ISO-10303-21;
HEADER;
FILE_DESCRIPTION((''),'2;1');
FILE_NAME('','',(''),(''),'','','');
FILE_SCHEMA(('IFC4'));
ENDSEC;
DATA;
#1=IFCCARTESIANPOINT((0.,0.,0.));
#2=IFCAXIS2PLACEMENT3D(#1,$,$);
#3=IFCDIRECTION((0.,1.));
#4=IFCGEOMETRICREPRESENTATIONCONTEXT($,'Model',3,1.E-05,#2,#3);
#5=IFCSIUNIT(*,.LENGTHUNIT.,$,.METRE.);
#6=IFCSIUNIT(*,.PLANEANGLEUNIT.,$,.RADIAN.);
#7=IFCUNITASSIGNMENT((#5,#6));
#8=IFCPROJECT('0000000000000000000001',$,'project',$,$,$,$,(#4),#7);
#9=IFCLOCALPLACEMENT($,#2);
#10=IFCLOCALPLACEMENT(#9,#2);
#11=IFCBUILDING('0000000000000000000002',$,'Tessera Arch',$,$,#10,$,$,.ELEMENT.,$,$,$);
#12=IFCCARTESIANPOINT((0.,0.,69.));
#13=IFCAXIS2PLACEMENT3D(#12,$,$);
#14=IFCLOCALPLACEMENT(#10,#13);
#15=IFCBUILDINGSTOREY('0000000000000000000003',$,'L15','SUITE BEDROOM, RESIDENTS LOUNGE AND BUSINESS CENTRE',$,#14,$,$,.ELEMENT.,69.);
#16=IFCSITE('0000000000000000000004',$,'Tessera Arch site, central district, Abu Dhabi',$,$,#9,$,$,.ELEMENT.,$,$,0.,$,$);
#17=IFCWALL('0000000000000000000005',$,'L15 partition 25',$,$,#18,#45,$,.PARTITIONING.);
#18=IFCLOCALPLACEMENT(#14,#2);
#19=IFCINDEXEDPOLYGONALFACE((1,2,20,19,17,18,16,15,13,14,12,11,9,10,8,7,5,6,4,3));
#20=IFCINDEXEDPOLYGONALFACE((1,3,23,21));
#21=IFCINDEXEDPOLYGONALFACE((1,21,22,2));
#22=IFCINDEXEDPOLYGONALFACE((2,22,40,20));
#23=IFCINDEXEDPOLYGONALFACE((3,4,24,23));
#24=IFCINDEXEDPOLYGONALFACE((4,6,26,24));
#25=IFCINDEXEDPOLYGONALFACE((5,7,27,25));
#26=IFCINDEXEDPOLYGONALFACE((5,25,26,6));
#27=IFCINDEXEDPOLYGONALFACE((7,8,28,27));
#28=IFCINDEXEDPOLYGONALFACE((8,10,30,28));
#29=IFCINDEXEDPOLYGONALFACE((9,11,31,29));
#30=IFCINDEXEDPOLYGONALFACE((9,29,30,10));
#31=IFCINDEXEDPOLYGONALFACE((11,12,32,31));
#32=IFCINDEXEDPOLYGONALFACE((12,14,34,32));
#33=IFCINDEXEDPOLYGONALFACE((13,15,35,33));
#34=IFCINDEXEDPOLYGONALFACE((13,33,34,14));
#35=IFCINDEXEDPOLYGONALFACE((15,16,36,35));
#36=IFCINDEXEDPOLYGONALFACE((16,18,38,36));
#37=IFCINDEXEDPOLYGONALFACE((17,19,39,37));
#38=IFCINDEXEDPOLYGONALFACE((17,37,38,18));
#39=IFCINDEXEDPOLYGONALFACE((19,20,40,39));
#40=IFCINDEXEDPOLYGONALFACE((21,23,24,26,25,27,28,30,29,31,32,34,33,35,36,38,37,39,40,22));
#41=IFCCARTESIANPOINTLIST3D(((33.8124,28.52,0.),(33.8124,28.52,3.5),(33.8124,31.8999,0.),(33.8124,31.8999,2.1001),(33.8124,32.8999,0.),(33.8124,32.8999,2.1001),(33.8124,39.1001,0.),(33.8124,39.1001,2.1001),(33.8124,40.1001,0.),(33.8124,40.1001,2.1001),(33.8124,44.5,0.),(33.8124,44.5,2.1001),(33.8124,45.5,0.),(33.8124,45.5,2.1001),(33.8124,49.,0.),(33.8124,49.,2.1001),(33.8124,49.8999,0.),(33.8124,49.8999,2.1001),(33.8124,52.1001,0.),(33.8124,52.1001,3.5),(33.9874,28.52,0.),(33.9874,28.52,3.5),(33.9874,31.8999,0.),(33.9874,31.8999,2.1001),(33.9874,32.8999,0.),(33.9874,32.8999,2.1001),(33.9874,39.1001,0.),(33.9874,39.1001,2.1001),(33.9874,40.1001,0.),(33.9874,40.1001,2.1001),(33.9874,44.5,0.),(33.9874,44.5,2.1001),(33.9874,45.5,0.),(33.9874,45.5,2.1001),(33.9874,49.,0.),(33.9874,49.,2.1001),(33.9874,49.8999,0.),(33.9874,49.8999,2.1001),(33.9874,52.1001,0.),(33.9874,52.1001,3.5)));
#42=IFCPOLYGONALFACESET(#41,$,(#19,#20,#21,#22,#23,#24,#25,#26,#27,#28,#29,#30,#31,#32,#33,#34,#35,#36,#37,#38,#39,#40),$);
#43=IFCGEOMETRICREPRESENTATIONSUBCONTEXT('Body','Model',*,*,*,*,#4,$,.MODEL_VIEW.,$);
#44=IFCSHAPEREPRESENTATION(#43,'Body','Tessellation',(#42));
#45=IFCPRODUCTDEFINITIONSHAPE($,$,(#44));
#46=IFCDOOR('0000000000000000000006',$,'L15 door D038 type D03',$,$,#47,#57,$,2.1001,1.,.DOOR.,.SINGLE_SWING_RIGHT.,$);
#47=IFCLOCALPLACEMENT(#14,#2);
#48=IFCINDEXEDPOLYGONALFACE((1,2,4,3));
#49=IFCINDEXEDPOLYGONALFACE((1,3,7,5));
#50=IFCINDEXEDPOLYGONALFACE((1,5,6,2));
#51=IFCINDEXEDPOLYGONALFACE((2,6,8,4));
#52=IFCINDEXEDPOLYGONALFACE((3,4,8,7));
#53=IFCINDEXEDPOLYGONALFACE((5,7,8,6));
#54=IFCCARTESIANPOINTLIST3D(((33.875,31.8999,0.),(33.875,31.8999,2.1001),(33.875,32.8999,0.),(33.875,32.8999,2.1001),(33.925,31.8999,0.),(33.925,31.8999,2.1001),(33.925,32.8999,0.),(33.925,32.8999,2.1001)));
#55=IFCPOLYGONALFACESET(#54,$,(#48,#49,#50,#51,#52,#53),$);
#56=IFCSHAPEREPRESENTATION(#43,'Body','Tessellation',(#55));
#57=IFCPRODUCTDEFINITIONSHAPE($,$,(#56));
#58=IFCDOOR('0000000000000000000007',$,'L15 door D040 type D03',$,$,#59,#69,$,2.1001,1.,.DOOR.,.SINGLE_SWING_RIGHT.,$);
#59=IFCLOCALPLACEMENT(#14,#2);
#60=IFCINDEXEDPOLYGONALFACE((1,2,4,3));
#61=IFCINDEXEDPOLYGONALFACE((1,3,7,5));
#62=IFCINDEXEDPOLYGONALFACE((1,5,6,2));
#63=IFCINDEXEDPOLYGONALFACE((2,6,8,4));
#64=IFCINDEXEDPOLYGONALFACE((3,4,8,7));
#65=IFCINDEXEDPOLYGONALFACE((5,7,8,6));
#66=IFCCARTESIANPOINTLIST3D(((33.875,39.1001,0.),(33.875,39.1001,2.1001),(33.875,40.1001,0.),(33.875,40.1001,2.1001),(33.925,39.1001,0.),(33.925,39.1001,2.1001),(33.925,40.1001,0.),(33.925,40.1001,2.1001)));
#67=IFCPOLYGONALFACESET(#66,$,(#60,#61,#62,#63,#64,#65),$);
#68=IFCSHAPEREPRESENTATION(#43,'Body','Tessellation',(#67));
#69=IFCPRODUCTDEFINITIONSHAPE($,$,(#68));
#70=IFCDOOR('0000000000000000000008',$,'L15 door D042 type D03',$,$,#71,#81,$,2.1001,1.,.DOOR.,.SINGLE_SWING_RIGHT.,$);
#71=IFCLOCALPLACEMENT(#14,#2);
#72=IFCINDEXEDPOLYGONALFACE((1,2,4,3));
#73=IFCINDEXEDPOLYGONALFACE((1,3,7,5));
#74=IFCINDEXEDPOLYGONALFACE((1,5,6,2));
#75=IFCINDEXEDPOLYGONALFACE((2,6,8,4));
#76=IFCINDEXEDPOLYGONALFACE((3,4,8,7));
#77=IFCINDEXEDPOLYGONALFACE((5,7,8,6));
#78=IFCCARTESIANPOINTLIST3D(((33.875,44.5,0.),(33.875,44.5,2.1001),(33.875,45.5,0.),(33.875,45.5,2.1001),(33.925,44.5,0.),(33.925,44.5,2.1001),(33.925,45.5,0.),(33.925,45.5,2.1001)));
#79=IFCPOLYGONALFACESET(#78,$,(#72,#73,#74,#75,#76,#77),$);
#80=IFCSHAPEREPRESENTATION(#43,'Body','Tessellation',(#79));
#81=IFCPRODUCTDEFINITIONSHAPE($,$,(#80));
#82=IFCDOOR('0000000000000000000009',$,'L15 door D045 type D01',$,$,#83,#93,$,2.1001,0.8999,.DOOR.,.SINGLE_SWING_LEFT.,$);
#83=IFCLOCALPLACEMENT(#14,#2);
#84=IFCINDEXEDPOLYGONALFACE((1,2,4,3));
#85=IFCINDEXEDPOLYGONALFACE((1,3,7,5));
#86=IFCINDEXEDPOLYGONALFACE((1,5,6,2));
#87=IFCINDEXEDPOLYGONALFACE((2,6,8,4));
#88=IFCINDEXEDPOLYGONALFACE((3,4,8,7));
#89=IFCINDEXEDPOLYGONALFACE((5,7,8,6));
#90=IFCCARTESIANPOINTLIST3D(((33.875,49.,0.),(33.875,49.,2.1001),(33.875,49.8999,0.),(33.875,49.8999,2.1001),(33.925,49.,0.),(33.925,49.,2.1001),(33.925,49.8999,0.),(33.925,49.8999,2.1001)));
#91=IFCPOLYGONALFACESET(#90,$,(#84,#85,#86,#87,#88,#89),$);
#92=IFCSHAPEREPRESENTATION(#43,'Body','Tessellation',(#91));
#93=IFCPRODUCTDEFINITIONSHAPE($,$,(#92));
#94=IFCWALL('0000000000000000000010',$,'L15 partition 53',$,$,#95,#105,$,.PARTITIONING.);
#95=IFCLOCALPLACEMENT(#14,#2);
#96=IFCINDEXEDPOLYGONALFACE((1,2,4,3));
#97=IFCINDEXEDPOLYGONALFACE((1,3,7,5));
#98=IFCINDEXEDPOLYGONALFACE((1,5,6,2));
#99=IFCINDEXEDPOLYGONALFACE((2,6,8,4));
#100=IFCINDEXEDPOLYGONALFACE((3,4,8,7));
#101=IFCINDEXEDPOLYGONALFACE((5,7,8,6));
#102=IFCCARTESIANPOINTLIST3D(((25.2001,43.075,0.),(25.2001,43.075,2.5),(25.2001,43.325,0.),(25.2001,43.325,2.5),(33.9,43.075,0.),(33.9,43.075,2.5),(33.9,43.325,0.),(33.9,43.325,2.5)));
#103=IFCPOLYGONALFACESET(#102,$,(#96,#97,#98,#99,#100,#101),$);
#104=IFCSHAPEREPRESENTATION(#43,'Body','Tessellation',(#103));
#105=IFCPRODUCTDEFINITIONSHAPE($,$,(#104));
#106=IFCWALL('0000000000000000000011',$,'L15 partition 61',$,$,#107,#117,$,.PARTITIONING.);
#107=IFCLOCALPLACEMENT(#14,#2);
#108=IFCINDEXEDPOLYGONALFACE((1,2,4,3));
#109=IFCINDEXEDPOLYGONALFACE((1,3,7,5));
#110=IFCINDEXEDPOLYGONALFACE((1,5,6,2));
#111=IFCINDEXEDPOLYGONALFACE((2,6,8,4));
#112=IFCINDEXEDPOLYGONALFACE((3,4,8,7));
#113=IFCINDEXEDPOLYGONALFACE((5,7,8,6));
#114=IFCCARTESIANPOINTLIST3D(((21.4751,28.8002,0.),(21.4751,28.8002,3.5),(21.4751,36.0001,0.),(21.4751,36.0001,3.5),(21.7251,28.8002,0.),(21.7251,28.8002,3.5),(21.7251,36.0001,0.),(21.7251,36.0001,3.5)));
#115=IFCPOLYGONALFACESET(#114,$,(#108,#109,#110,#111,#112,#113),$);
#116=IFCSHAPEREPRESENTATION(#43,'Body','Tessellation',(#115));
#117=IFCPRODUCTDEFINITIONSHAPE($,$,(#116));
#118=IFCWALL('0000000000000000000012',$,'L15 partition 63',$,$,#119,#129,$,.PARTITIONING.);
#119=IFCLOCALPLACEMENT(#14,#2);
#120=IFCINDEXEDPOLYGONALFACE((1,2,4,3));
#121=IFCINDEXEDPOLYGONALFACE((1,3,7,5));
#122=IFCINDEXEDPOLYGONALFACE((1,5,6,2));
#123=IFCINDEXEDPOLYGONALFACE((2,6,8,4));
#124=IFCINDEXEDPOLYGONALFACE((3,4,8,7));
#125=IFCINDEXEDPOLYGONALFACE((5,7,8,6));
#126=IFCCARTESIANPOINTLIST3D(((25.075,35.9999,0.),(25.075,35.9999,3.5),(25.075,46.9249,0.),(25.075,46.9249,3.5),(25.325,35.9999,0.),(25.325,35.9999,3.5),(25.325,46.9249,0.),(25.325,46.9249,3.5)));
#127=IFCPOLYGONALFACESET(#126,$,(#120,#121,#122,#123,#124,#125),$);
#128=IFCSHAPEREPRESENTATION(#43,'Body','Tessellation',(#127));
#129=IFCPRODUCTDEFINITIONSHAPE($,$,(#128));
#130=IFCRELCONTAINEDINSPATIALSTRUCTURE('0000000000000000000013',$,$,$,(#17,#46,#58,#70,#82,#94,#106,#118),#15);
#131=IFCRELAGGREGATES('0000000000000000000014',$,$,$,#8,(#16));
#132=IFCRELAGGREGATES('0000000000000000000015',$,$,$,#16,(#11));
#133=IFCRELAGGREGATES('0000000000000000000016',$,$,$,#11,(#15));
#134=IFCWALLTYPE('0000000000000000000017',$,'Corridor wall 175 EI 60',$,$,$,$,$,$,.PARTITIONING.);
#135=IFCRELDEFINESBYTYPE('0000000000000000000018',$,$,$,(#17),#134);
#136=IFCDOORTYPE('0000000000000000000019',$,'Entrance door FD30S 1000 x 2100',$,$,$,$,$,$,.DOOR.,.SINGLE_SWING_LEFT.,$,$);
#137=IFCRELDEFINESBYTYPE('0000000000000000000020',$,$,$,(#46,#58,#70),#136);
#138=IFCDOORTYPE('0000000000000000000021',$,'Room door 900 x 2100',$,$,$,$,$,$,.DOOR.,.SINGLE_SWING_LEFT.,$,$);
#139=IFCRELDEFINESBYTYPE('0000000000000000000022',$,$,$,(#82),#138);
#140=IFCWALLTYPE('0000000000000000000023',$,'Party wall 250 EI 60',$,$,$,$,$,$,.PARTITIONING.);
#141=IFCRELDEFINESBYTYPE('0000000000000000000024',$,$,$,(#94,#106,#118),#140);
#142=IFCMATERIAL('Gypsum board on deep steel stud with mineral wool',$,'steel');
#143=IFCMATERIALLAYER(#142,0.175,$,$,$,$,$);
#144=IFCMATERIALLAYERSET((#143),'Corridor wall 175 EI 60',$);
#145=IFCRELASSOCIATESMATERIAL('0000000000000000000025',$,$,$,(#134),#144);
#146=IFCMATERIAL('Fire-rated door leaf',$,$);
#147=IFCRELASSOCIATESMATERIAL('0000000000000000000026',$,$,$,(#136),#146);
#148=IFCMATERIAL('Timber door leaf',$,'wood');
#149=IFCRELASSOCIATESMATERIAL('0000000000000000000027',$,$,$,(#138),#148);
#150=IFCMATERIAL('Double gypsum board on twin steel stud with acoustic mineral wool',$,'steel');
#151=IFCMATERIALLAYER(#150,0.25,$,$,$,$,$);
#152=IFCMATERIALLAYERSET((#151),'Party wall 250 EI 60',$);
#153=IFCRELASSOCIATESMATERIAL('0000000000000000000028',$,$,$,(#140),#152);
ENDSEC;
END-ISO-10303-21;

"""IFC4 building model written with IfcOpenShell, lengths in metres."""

from ifc_helpers import new_model, si_unit, direction, frame, frame_2d, origin, place, context, subcontext, project, spatial, rectangle, extrude, material, layer, layer_set, type_object, element, fill, save


model = new_model("IFC4")

# Units and contexts
model_context = context("Model", 3, precision=1e-05, world=origin(), true_north=direction((0.0, 1.0)))
body_context = subcontext(model_context, "Body", "Model", "MODEL_VIEW")
ifc_project = project(units=[si_unit("LENGTHUNIT", "METRE"), si_unit("PLANEANGLEUNIT", "RADIAN")], contexts=[model_context])

# Site, building, storey
site_placement = place(None, origin())
site = spatial("IfcSite", under=ifc_project, at=site_placement, Name="Tessera Arch site, central district, Abu Dhabi", CompositionType="ELEMENT", RefElevation=0.0)
building_placement = place(site_placement, origin())
building = spatial("IfcBuilding", under=site, at=building_placement, Name="Tessera Arch", CompositionType="ELEMENT")
storey_placement = place(building_placement, frame((0.0, 0.0, 69.0)))
storey = spatial("IfcBuildingStorey", under=building, at=storey_placement, Name="L15", Description="SUITE BEDROOM, RESIDENTS LOUNGE AND BUSINESS CENTRE", CompositionType="ELEMENT", Elevation=69.0)

# Shared definitions
ifc_material_1 = material(Name="Gypsum board on deep steel stud with mineral wool", Category="steel")
ifc_layer_1 = layer(ifc_material_1, 0.175)
ifc_layer_set_1 = layer_set([ifc_layer_1], Name="Corridor wall 175 EI 60")
wall_type_1 = type_object("IfcWallType", Name="Corridor wall 175 EI 60", PredefinedType="PARTITIONING", material=ifc_layer_set_1)

# Wall, openings, doors
wall_1_placement = place(storey_placement, frame((33.8999, 28.52, 0.0), z_axis=(0.0, 0.0, 1.0), x_axis=(0.0, 1.0, 0.0)))
wall_1 = element("IfcWall", 1, at=wall_1_placement, inside=storey, type_object=wall_type_1, Name="L15 partition 25", PredefinedType="PARTITIONING", context=body_context, shape_type="SweptSolid", body=[
    extrude(rectangle(XDim=23.5801, YDim=0.175, at=frame_2d((11.79, 0.0))), origin(), (0.0, 0.0, 1.0), 3.5),
])
opening_1_placement = place(wall_1_placement, frame((3.3799, 0.0, 0.0)))
opening_1 = element("IfcOpeningElement", 2, at=opening_1_placement, cuts=wall_1, PredefinedType="OPENING", context=body_context, shape_type="SweptSolid", body=[
    extrude(rectangle(XDim=1.0, YDim=2.1001, at=frame_2d((0.5, 1.05))), frame((0.0, 0.0974, 0.0), z_axis=(0.0, -1.0, 0.0), x_axis=(1.0, 0.0, 0.0)), (0.0, 0.0, 1.0), 0.1951),
])
opening_2_placement = place(wall_1_placement, frame((10.5801, 0.0, 0.0)))
opening_2 = element("IfcOpeningElement", 3, at=opening_2_placement, cuts=wall_1, PredefinedType="OPENING", context=body_context, shape_type="SweptSolid", body=[
    extrude(rectangle(XDim=1.0, YDim=2.1001, at=frame_2d((0.5, 1.05))), frame((0.0, 0.0974, 0.0), z_axis=(0.0, -1.0, 0.0), x_axis=(1.0, 0.0, 0.0)), (0.0, 0.0, 1.0), 0.1951),
])
opening_3_placement = place(wall_1_placement, frame((15.98, 0.0, 0.0)))
opening_3 = element("IfcOpeningElement", 4, at=opening_3_placement, cuts=wall_1, PredefinedType="OPENING", context=body_context, shape_type="SweptSolid", body=[
    extrude(rectangle(XDim=1.0, YDim=2.1001, at=frame_2d((0.5, 1.05))), frame((0.0, 0.0974, 0.0), z_axis=(0.0, -1.0, 0.0), x_axis=(1.0, 0.0, 0.0)), (0.0, 0.0, 1.0), 0.1951),
])
opening_4_placement = place(wall_1_placement, frame((20.48, 0.0, 0.0)))
opening_4 = element("IfcOpeningElement", 5, at=opening_4_placement, cuts=wall_1, PredefinedType="OPENING", context=body_context, shape_type="SweptSolid", body=[
    extrude(rectangle(XDim=0.8999, YDim=2.1001, at=frame_2d((0.45, 1.05))), frame((0.0, 0.0974, 0.0), z_axis=(0.0, -1.0, 0.0), x_axis=(1.0, 0.0, 0.0)), (0.0, 0.0, 1.0), 0.1951),
])
ifc_material_2 = material(Name="Fire-rated door leaf")
door_type_1 = type_object("IfcDoorType", Name="Entrance door FD30S 1000 x 2100", OperationType="SINGLE_SWING_LEFT", PredefinedType="DOOR", material=ifc_material_2)
door_1_placement = place(opening_1_placement, origin())
door_1 = element("IfcDoor", 6, at=door_1_placement, inside=storey, type_object=door_type_1, Name="L15 door D038 type D03", OperationType="SINGLE_SWING_RIGHT", OverallHeight=2.1001, OverallWidth=1.0, PredefinedType="DOOR", context=body_context, shape_type="SweptSolid", body=[
    extrude(rectangle(XDim=1.0, YDim=2.1001, at=frame_2d((0.5, 1.05))), frame((0.0, 0.0249, 0.0), z_axis=(0.0, -1.0, 0.0), x_axis=(1.0, 0.0, 0.0)), (0.0, 0.0, 1.0), 0.05),
])
fill(opening_1, door_1)
door_2_placement = place(opening_2_placement, origin())
door_2 = element("IfcDoor", 7, at=door_2_placement, inside=storey, type_object=door_type_1, Name="L15 door D040 type D03", OperationType="SINGLE_SWING_RIGHT", OverallHeight=2.1001, OverallWidth=1.0, PredefinedType="DOOR", context=body_context, shape_type="SweptSolid", body=[
    extrude(rectangle(XDim=1.0, YDim=2.1001, at=frame_2d((0.5, 1.05))), frame((0.0, 0.0249, 0.0), z_axis=(0.0, -1.0, 0.0), x_axis=(1.0, 0.0, 0.0)), (0.0, 0.0, 1.0), 0.05),
])
fill(opening_2, door_2)
door_3_placement = place(opening_3_placement, origin())
door_3 = element("IfcDoor", 8, at=door_3_placement, inside=storey, type_object=door_type_1, Name="L15 door D042 type D03", OperationType="SINGLE_SWING_RIGHT", OverallHeight=2.1001, OverallWidth=1.0, PredefinedType="DOOR", context=body_context, shape_type="SweptSolid", body=[
    extrude(rectangle(XDim=1.0, YDim=2.1001, at=frame_2d((0.5, 1.05))), frame((0.0, 0.0249, 0.0), z_axis=(0.0, -1.0, 0.0), x_axis=(1.0, 0.0, 0.0)), (0.0, 0.0, 1.0), 0.05),
])
fill(opening_3, door_3)
ifc_material_3 = material(Name="Timber door leaf", Category="wood")
door_type_2 = type_object("IfcDoorType", Name="Room door 900 x 2100", OperationType="SINGLE_SWING_LEFT", PredefinedType="DOOR", material=ifc_material_3)
door_4_placement = place(opening_4_placement, origin())
door_4 = element("IfcDoor", 9, at=door_4_placement, inside=storey, type_object=door_type_2, Name="L15 door D045 type D01", OperationType="SINGLE_SWING_LEFT", OverallHeight=2.1001, OverallWidth=0.8999, PredefinedType="DOOR", context=body_context, shape_type="SweptSolid", body=[
    extrude(rectangle(XDim=0.8999, YDim=2.1001, at=frame_2d((0.45, 1.05))), frame((0.0, 0.0249, 0.0), z_axis=(0.0, -1.0, 0.0), x_axis=(1.0, 0.0, 0.0)), (0.0, 0.0, 1.0), 0.05),
])
fill(opening_4, door_4)

# Walls
ifc_material_4 = material(Name="Double gypsum board on twin steel stud with acoustic mineral wool", Category="steel")
ifc_layer_2 = layer(ifc_material_4, 0.25)
ifc_layer_set_2 = layer_set([ifc_layer_2], Name="Party wall 250 EI 60")
wall_type_2 = type_object("IfcWallType", Name="Party wall 250 EI 60", PredefinedType="PARTITIONING", material=ifc_layer_set_2)
wall_2_placement = place(storey_placement, frame((25.2, 43.2, 0.0), z_axis=(0.0, 0.0, 1.0), x_axis=(1.0, 0.0, 0.0)))
element("IfcWall", 10, at=wall_2_placement, inside=storey, type_object=wall_type_2, Name="L15 partition 53", PredefinedType="PARTITIONING", context=body_context, shape_type="SweptSolid", body=[
    extrude(rectangle(XDim=8.7, YDim=0.25, at=frame_2d((4.3501, 0.0))), origin(), (0.0, 0.0, 1.0), 2.5),
])
wall_3_placement = place(storey_placement, frame((21.6001, 28.8, 0.0), z_axis=(0.0, 0.0, 1.0), x_axis=(0.0, 1.0, 0.0)))
element("IfcWall", 11, at=wall_3_placement, inside=storey, type_object=wall_type_2, Name="L15 partition 61", PredefinedType="PARTITIONING", context=body_context, shape_type="SweptSolid", body=[
    extrude(rectangle(XDim=7.2, YDim=0.25, at=frame_2d((3.6001, 0.0))), origin(), (0.0, 0.0, 1.0), 3.5),
])
wall_4_placement = place(storey_placement, frame((25.2, 36.0, 0.0), z_axis=(0.0, 0.0, 1.0), x_axis=(0.0, 1.0, 0.0)))
element("IfcWall", 12, at=wall_4_placement, inside=storey, type_object=wall_type_2, Name="L15 partition 63", PredefinedType="PARTITIONING", context=body_context, shape_type="SweptSolid", body=[
    extrude(rectangle(XDim=10.925, YDim=0.25, at=frame_2d((5.4624, 0.0))), origin(), (0.0, 0.0, 1.0), 3.5),
])

save(model, "model.ifc")
